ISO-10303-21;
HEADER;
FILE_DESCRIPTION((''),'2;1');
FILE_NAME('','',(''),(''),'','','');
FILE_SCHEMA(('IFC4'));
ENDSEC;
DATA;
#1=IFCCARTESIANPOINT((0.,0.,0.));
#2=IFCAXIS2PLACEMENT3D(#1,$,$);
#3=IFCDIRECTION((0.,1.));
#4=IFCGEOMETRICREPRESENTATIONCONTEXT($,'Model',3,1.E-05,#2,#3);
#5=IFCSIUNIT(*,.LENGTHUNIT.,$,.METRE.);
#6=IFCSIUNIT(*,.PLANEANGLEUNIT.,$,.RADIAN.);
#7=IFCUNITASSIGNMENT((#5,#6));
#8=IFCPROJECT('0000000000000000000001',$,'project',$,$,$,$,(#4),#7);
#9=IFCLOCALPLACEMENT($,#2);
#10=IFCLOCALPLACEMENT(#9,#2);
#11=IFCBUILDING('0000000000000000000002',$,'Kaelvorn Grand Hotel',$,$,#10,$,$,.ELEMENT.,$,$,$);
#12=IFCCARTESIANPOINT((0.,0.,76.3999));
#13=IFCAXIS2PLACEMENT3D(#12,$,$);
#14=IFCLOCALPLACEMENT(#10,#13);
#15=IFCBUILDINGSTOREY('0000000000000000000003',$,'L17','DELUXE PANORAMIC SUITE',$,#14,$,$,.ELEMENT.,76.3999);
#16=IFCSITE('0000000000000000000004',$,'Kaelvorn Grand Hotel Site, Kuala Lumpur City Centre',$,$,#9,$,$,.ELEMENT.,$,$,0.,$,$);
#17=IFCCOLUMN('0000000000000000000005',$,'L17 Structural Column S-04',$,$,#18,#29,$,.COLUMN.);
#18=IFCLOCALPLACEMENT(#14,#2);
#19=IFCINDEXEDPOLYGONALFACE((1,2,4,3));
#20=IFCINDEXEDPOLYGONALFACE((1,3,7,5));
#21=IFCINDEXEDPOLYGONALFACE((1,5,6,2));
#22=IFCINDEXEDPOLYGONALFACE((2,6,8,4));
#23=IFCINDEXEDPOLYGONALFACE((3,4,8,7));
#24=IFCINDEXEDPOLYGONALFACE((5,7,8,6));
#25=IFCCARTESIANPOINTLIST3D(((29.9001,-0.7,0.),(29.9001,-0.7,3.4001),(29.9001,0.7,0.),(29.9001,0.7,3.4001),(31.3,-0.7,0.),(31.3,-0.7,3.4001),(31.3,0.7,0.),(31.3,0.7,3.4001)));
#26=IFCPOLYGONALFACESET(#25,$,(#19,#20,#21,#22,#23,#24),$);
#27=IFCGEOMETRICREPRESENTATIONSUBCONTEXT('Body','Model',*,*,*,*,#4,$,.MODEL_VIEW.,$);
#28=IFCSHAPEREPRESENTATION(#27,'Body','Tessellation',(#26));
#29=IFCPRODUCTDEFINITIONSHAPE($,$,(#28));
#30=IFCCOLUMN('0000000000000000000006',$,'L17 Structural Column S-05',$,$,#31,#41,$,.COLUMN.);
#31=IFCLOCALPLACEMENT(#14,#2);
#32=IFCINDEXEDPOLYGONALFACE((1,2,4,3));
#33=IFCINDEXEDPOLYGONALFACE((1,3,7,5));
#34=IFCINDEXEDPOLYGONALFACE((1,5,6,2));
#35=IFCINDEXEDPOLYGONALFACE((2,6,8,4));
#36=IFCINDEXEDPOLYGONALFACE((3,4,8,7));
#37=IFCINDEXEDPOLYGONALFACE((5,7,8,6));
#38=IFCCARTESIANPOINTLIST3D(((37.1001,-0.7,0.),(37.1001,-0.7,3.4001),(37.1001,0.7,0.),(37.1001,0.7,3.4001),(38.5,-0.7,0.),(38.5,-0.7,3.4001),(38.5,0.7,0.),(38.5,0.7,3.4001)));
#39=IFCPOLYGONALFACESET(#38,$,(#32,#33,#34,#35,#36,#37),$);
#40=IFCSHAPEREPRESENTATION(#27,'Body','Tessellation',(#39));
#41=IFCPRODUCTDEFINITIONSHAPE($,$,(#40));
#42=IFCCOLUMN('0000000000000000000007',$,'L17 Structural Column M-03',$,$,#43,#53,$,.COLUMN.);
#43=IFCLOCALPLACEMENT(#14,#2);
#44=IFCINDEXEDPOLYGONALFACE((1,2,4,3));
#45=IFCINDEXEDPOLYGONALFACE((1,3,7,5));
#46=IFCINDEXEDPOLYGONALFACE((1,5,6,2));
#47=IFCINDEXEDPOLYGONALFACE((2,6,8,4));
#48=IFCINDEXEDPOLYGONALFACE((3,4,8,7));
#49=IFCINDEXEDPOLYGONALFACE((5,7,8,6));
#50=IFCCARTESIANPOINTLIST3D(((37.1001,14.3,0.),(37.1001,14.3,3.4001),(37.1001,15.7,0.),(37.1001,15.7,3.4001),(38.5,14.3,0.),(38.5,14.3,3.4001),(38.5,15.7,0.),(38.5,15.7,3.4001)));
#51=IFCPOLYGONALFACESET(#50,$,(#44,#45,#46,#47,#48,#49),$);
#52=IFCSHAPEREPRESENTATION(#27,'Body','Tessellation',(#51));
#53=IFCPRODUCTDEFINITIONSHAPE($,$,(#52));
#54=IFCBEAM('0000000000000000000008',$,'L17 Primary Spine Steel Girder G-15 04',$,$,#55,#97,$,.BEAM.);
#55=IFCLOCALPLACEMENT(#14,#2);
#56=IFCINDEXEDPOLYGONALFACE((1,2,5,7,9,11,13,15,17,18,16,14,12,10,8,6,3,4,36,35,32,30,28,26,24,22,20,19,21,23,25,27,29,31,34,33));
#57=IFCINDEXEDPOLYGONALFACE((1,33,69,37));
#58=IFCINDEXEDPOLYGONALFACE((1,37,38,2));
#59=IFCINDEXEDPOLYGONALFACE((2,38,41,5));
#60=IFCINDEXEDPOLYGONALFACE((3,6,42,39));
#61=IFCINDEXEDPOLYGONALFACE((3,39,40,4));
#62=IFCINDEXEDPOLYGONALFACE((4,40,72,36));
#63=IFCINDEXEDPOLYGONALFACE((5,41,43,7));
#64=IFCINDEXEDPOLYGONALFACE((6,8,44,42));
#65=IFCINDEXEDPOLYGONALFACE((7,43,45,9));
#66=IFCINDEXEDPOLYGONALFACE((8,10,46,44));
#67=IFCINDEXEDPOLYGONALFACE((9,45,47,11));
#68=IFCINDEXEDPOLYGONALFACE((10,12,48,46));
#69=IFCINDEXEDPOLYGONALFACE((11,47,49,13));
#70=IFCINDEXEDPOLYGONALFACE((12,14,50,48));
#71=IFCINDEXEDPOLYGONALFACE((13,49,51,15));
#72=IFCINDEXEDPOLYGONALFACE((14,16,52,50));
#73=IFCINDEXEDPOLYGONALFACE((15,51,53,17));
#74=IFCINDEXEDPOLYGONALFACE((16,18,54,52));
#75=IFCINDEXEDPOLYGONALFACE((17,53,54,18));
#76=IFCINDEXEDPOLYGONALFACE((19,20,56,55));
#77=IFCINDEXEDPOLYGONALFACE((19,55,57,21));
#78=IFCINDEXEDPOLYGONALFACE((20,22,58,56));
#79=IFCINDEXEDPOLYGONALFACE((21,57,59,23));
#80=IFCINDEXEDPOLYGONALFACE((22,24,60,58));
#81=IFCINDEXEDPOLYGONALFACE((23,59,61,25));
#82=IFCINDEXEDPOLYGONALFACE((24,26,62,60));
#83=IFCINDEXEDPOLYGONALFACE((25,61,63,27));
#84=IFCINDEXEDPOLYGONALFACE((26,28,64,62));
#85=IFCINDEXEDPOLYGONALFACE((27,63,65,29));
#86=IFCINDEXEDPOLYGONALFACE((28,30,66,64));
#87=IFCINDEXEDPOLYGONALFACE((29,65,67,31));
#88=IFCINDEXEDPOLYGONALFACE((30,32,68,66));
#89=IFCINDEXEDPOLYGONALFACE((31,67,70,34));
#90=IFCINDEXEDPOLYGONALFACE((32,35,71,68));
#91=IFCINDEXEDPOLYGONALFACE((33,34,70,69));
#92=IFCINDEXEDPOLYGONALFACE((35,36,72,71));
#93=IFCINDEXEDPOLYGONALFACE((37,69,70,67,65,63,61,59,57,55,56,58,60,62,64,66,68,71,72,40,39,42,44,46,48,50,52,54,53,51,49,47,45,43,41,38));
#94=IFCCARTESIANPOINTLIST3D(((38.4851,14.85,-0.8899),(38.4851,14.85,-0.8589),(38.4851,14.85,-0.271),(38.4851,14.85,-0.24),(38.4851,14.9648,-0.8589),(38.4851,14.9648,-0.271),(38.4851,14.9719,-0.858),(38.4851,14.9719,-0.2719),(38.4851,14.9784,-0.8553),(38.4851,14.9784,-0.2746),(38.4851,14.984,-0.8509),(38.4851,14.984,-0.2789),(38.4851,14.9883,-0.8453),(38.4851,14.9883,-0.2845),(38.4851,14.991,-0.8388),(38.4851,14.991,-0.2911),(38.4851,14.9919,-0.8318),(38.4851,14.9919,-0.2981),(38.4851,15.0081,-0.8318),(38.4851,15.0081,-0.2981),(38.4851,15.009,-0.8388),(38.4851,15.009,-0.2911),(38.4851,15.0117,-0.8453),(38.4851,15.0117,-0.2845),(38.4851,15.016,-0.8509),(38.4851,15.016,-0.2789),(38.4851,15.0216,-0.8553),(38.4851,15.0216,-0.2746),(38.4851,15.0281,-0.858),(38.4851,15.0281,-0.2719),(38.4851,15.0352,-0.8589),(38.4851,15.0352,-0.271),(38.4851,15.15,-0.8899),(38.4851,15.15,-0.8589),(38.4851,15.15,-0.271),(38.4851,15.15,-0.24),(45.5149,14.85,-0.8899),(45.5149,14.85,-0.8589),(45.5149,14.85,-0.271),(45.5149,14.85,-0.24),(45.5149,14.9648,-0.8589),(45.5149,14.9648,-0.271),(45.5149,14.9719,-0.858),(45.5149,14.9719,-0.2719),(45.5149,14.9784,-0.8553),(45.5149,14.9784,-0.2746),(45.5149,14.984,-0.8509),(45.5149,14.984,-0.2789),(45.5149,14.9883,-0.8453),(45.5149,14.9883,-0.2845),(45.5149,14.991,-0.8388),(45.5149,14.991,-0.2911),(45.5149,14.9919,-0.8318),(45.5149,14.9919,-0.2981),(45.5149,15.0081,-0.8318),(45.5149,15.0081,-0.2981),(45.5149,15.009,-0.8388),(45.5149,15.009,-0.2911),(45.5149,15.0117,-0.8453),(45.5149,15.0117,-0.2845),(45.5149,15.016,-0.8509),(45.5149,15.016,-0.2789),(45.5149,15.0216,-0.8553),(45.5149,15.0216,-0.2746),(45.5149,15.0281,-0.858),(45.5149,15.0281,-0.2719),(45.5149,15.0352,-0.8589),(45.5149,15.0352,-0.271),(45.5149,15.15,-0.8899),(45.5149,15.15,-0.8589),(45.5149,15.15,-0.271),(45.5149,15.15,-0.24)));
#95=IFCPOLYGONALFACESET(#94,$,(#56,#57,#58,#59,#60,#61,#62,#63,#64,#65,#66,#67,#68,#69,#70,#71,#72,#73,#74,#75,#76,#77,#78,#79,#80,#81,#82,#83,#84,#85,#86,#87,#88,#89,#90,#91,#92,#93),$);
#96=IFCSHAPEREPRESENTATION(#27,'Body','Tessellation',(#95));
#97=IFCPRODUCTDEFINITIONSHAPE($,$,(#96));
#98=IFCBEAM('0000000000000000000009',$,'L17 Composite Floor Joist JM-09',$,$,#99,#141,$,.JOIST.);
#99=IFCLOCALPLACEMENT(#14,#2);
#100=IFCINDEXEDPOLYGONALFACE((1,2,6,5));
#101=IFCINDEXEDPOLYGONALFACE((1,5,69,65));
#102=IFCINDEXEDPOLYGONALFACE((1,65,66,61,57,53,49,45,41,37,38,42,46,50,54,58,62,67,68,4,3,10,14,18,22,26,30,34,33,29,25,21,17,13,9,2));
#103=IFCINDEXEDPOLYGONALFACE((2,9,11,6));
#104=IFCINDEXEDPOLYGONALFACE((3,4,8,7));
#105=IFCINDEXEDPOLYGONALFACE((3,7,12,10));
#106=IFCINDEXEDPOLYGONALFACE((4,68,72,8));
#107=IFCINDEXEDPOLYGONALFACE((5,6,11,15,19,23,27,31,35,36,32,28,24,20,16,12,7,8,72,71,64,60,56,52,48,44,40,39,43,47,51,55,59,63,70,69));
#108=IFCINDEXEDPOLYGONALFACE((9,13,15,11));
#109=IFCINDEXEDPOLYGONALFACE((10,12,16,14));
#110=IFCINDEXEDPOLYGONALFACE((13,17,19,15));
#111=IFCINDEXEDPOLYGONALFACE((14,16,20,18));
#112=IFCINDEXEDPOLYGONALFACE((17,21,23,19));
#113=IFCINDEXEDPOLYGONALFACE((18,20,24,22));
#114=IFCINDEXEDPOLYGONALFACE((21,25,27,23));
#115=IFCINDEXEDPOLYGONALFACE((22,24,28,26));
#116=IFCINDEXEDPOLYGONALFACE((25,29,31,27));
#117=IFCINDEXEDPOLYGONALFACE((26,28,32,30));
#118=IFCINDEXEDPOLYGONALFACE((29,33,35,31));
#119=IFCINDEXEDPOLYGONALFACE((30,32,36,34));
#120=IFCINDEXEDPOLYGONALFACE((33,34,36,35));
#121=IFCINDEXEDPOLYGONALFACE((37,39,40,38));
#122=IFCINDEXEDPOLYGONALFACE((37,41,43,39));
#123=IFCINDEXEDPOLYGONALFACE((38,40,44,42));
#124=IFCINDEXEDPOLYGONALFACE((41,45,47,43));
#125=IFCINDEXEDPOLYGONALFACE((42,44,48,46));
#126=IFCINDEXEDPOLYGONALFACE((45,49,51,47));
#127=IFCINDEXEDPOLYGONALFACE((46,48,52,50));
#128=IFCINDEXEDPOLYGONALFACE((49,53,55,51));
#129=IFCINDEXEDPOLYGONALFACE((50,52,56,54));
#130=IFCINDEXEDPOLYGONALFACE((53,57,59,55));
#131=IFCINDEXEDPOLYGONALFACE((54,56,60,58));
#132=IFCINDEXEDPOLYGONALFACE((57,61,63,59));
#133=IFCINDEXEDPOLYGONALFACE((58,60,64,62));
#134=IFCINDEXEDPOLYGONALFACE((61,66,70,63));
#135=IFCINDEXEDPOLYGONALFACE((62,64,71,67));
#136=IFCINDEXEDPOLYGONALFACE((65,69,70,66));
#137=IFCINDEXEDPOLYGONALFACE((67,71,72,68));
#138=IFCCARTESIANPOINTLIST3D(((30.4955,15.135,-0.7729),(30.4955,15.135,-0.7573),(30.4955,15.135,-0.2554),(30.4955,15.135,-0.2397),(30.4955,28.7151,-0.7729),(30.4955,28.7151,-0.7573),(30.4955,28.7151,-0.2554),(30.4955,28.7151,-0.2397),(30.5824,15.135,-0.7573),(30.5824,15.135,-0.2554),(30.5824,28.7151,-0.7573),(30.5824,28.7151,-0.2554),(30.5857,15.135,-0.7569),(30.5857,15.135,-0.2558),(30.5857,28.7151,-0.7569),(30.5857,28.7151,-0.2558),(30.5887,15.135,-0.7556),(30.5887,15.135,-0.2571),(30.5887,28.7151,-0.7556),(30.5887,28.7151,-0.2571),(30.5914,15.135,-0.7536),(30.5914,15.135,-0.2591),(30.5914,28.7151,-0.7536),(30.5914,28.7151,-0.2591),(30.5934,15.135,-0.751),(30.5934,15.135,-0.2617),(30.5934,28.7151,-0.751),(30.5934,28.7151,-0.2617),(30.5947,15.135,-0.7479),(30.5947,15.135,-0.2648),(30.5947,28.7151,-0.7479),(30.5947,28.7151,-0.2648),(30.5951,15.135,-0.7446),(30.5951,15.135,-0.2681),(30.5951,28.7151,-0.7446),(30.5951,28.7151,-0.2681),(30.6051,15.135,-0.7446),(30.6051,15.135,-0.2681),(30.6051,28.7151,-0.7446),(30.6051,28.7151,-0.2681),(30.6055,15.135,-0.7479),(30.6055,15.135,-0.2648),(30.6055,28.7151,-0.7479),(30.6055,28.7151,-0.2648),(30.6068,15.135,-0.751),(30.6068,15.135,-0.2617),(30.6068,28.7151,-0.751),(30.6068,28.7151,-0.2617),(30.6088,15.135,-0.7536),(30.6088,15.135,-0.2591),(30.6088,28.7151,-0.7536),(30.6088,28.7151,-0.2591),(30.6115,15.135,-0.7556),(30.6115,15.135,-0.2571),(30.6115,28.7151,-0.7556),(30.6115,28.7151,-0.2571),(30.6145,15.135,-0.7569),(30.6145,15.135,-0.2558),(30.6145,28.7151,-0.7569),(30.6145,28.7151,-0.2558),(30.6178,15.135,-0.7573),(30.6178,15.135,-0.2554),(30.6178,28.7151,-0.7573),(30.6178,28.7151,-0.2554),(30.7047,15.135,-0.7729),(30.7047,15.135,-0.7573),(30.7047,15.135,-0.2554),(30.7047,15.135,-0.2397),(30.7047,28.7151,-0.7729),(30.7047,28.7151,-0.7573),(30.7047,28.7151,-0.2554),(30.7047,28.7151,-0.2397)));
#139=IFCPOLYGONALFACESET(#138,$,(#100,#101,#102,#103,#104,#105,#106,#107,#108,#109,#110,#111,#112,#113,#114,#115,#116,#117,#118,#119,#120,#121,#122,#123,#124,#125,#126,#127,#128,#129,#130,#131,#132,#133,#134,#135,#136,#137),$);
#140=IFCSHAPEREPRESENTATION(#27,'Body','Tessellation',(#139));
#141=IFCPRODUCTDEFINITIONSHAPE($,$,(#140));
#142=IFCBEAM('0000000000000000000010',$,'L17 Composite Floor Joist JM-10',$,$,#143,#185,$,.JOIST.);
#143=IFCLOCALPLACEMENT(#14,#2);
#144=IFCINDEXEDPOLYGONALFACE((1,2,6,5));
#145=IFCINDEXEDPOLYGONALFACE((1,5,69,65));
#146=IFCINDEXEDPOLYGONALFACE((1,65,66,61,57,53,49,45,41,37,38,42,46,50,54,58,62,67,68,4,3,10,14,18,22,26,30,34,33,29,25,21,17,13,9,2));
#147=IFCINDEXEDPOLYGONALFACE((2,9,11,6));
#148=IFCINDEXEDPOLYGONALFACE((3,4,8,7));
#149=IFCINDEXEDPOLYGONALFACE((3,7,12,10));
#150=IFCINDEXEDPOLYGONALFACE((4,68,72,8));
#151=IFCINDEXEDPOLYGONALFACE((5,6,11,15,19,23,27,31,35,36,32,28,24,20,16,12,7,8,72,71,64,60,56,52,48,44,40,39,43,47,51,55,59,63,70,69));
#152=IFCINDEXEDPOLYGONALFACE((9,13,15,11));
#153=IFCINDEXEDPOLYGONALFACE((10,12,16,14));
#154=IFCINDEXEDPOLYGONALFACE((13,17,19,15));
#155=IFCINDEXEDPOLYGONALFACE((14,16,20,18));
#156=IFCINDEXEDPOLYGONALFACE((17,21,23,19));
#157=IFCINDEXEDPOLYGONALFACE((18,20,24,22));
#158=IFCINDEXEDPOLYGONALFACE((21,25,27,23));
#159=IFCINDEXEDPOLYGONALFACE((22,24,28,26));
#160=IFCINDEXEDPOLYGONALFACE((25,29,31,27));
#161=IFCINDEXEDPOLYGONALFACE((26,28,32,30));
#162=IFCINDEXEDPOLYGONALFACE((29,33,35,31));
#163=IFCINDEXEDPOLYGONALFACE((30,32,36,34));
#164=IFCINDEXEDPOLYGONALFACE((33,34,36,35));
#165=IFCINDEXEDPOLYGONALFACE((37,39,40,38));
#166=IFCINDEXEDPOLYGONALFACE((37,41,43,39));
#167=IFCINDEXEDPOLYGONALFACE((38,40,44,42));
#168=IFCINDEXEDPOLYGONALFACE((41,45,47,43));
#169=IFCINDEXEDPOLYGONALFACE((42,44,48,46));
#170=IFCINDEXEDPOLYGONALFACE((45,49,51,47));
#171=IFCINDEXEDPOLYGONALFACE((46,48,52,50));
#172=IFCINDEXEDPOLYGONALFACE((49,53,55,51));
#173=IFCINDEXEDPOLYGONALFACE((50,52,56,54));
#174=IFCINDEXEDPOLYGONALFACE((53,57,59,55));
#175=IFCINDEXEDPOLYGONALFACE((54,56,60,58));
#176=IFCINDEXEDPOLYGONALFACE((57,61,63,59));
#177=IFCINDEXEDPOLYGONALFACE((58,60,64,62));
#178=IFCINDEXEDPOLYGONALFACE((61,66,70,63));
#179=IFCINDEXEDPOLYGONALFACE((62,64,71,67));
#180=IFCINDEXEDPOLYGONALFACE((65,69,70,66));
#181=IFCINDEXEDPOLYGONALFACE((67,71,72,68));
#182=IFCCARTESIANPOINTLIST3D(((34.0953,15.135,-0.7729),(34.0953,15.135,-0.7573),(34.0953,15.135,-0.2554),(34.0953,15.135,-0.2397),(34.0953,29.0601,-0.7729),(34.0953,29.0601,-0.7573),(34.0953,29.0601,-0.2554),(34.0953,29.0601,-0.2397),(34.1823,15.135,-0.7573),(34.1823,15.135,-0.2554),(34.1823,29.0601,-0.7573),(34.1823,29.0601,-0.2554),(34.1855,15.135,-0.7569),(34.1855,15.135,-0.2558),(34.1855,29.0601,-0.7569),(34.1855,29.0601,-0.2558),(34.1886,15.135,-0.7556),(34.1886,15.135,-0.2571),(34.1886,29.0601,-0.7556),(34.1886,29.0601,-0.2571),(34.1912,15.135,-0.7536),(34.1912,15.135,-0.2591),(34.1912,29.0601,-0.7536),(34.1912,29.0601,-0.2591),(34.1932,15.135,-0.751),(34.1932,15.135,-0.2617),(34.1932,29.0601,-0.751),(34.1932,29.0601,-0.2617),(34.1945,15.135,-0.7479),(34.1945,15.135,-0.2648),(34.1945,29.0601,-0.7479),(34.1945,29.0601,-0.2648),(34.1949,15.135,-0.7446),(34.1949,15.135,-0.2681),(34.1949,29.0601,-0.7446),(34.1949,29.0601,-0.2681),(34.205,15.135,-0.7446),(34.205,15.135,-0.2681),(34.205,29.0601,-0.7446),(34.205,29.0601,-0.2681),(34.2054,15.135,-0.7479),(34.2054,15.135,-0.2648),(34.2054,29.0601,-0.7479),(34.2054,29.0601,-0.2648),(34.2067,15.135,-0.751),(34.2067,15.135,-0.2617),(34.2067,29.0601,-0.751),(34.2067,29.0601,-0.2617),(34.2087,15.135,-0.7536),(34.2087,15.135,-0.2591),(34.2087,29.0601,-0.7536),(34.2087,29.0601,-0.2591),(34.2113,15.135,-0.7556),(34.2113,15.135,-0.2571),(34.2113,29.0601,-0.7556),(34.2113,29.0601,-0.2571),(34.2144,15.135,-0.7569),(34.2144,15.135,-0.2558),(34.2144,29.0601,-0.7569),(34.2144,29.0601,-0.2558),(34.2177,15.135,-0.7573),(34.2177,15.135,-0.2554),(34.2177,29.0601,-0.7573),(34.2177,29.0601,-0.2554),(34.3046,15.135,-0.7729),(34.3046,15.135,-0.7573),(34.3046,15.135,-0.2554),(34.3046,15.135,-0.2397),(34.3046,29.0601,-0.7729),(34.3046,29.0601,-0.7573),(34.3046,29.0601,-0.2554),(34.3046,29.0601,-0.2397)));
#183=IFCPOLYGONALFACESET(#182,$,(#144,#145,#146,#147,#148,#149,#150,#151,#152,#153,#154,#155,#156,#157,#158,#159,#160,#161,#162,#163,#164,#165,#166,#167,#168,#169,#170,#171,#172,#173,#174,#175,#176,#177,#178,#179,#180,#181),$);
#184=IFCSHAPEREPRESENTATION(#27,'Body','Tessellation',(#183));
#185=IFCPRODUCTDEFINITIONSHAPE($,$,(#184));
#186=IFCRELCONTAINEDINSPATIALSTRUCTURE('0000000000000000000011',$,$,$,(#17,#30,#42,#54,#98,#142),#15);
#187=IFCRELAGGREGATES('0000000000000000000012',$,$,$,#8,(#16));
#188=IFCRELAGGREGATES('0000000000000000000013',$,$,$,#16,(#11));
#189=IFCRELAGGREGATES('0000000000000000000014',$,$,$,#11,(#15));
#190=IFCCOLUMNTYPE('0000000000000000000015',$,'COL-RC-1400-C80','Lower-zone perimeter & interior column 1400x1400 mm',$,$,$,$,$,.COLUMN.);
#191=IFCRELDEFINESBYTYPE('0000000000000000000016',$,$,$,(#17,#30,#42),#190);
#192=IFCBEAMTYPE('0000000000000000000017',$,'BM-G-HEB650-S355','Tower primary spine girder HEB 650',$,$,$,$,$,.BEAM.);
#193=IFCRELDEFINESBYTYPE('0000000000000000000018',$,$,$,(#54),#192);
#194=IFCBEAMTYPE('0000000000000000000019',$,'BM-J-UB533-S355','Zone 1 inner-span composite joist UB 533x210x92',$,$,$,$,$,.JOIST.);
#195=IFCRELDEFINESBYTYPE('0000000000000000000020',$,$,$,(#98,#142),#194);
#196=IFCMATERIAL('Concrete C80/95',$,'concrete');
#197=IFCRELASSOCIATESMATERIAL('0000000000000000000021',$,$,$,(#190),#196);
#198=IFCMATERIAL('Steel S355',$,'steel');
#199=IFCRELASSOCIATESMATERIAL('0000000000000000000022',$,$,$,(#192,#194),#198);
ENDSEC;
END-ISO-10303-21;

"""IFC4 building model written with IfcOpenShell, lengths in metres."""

from ifc_helpers import new_model, si_unit, direction, frame, origin, origin_2d, place, context, subcontext, project, spatial, rectangle, i_section, extrude, material, material_profile, profile_set, type_object, element, save


model = new_model("IFC4")

# Units and contexts
model_context = context("Model", 3, precision=1e-05, world=origin(), true_north=direction((0.0, 1.0)))
body_context = subcontext(model_context, "Body", "Model", "MODEL_VIEW")
ifc_project = project(units=[si_unit("LENGTHUNIT", "METRE"), si_unit("PLANEANGLEUNIT", "RADIAN")], contexts=[model_context])

# Site, building, storey
site_placement = place(None, origin())
site = spatial("IfcSite", under=ifc_project, at=site_placement, Name="Kaelvorn Grand Hotel Site, Kuala Lumpur City Centre", CompositionType="ELEMENT", RefElevation=0.0)
building_placement = place(site_placement, origin())
building = spatial("IfcBuilding", under=site, at=building_placement, Name="Kaelvorn Grand Hotel", CompositionType="ELEMENT")
storey_placement = place(building_placement, frame((0.0, 0.0, 76.3999)))
storey = spatial("IfcBuildingStorey", under=building, at=storey_placement, Name="L17", Description="DELUXE PANORAMIC SUITE", CompositionType="ELEMENT", Elevation=76.3999)

# Columns
ifc_material_1 = material(Name="Concrete C80/95", Category="concrete")
ifc_material_profile_1 = material_profile(ifc_material_1, rectangle(XDim=1.3999, YDim=1.3999, at=origin_2d()), Name="RC COL 1400x1400")
ifc_profile_set_1 = profile_set([ifc_material_profile_1], Name="Concrete C80/95")
column_type = type_object("IfcColumnType", Name="COL-RC-1400-C80", Description="Lower-zone perimeter & interior column 1400x1400 mm", PredefinedType="COLUMN", material=ifc_profile_set_1)
for number, where, z_axis, x_axis, name in (
    (1, (30.6001, 0.0, 0.0), (0.0, 0.0, 1.0), (1.0, 0.0, 0.0), "L17 Structural Column S-04"),
    (2, (37.8, 0.0, 0.0), (0.0, 0.0, 1.0), (1.0, 0.0, 0.0), "L17 Structural Column S-05"),
    (3, (37.8, 15.0, 0.0), (0.0, 0.0, 1.0), (1.0, 0.0, 0.0), "L17 Structural Column M-03"),
):
    element("IfcColumn", number, at=place(storey_placement, frame(where, z_axis=z_axis, x_axis=x_axis)), inside=storey, type_object=column_type, Name=name, PredefinedType="COLUMN", context=body_context, shape_type="SweptSolid", body=[
        extrude(rectangle(XDim=1.3999, YDim=1.3999, at=origin_2d()), origin(), (0.0, 0.0, 1.0), 3.4001),
    ])

# Beams
ifc_material_2 = material(Name="Steel S355", Category="steel")
ifc_material_profile_2 = material_profile(ifc_material_2, i_section(OverallWidth=0.3, OverallDepth=0.6499, WebThickness=0.0161, FlangeThickness=0.031, FilletRadius=0.0271, at=origin_2d()), Name="HEB 650")
ifc_profile_set_2 = profile_set([ifc_material_profile_2], Name="Steel S355")
beam_type_1 = type_object("IfcBeamType", Name="BM-G-HEB650-S355", Description="Tower primary spine girder HEB 650", PredefinedType="BEAM", material=ifc_profile_set_2)
beam_1_placement = place(storey_placement, frame((38.4851, 15.0, -0.5649), z_axis=(1.0, 0.0, 0.0), x_axis=(0.0, 1.0, 0.0)))
element("IfcBeam", 4, at=beam_1_placement, inside=storey, type_object=beam_type_1, Name="L17 Primary Spine Steel Girder G-15 04", PredefinedType="BEAM", context=body_context, shape_type="SweptSolid", body=[
    extrude(i_section(OverallWidth=0.3, OverallDepth=0.6499, WebThickness=0.0161, FlangeThickness=0.031, FilletRadius=0.0271, at=origin_2d()), origin(), (0.0, 0.0, 1.0), 7.0298),
])
ifc_material_profile_3 = material_profile(ifc_material_2, i_section(OverallWidth=0.2092, OverallDepth=0.5332, WebThickness=0.01, FlangeThickness=0.0156, FilletRadius=0.0127, at=origin_2d()), Name="UB 533x210x92")
ifc_profile_set_3 = profile_set([ifc_material_profile_3], Name="Steel S355")
beam_type_2 = type_object("IfcBeamType", Name="BM-J-UB533-S355", Description="Zone 1 inner-span composite joist UB 533x210x92", PredefinedType="JOIST", material=ifc_profile_set_3)
beam_2_placement = place(storey_placement, frame((30.6001, 15.135, -0.5063), z_axis=(0.0, 1.0, 0.0), x_axis=(-1.0, 0.0, 0.0)))
element("IfcBeam", 5, at=beam_2_placement, inside=storey, type_object=beam_type_2, Name="L17 Composite Floor Joist JM-09", PredefinedType="JOIST", context=body_context, shape_type="SweptSolid", body=[
    extrude(i_section(OverallWidth=0.2092, OverallDepth=0.5332, WebThickness=0.01, FlangeThickness=0.0156, FilletRadius=0.0127, at=origin_2d()), origin(), (0.0, 0.0, 1.0), 13.5801),
])
beam_3_placement = place(storey_placement, frame((34.2, 15.135, -0.5063), z_axis=(0.0, 1.0, 0.0), x_axis=(-1.0, 0.0, 0.0)))
element("IfcBeam", 6, at=beam_3_placement, inside=storey, type_object=beam_type_2, Name="L17 Composite Floor Joist JM-10", PredefinedType="JOIST", context=body_context, shape_type="SweptSolid", body=[
    extrude(i_section(OverallWidth=0.2092, OverallDepth=0.5332, WebThickness=0.01, FlangeThickness=0.0156, FilletRadius=0.0127, at=origin_2d()), origin(), (0.0, 0.0, 1.0), 13.925),
])

save(model, "model.ifc")
